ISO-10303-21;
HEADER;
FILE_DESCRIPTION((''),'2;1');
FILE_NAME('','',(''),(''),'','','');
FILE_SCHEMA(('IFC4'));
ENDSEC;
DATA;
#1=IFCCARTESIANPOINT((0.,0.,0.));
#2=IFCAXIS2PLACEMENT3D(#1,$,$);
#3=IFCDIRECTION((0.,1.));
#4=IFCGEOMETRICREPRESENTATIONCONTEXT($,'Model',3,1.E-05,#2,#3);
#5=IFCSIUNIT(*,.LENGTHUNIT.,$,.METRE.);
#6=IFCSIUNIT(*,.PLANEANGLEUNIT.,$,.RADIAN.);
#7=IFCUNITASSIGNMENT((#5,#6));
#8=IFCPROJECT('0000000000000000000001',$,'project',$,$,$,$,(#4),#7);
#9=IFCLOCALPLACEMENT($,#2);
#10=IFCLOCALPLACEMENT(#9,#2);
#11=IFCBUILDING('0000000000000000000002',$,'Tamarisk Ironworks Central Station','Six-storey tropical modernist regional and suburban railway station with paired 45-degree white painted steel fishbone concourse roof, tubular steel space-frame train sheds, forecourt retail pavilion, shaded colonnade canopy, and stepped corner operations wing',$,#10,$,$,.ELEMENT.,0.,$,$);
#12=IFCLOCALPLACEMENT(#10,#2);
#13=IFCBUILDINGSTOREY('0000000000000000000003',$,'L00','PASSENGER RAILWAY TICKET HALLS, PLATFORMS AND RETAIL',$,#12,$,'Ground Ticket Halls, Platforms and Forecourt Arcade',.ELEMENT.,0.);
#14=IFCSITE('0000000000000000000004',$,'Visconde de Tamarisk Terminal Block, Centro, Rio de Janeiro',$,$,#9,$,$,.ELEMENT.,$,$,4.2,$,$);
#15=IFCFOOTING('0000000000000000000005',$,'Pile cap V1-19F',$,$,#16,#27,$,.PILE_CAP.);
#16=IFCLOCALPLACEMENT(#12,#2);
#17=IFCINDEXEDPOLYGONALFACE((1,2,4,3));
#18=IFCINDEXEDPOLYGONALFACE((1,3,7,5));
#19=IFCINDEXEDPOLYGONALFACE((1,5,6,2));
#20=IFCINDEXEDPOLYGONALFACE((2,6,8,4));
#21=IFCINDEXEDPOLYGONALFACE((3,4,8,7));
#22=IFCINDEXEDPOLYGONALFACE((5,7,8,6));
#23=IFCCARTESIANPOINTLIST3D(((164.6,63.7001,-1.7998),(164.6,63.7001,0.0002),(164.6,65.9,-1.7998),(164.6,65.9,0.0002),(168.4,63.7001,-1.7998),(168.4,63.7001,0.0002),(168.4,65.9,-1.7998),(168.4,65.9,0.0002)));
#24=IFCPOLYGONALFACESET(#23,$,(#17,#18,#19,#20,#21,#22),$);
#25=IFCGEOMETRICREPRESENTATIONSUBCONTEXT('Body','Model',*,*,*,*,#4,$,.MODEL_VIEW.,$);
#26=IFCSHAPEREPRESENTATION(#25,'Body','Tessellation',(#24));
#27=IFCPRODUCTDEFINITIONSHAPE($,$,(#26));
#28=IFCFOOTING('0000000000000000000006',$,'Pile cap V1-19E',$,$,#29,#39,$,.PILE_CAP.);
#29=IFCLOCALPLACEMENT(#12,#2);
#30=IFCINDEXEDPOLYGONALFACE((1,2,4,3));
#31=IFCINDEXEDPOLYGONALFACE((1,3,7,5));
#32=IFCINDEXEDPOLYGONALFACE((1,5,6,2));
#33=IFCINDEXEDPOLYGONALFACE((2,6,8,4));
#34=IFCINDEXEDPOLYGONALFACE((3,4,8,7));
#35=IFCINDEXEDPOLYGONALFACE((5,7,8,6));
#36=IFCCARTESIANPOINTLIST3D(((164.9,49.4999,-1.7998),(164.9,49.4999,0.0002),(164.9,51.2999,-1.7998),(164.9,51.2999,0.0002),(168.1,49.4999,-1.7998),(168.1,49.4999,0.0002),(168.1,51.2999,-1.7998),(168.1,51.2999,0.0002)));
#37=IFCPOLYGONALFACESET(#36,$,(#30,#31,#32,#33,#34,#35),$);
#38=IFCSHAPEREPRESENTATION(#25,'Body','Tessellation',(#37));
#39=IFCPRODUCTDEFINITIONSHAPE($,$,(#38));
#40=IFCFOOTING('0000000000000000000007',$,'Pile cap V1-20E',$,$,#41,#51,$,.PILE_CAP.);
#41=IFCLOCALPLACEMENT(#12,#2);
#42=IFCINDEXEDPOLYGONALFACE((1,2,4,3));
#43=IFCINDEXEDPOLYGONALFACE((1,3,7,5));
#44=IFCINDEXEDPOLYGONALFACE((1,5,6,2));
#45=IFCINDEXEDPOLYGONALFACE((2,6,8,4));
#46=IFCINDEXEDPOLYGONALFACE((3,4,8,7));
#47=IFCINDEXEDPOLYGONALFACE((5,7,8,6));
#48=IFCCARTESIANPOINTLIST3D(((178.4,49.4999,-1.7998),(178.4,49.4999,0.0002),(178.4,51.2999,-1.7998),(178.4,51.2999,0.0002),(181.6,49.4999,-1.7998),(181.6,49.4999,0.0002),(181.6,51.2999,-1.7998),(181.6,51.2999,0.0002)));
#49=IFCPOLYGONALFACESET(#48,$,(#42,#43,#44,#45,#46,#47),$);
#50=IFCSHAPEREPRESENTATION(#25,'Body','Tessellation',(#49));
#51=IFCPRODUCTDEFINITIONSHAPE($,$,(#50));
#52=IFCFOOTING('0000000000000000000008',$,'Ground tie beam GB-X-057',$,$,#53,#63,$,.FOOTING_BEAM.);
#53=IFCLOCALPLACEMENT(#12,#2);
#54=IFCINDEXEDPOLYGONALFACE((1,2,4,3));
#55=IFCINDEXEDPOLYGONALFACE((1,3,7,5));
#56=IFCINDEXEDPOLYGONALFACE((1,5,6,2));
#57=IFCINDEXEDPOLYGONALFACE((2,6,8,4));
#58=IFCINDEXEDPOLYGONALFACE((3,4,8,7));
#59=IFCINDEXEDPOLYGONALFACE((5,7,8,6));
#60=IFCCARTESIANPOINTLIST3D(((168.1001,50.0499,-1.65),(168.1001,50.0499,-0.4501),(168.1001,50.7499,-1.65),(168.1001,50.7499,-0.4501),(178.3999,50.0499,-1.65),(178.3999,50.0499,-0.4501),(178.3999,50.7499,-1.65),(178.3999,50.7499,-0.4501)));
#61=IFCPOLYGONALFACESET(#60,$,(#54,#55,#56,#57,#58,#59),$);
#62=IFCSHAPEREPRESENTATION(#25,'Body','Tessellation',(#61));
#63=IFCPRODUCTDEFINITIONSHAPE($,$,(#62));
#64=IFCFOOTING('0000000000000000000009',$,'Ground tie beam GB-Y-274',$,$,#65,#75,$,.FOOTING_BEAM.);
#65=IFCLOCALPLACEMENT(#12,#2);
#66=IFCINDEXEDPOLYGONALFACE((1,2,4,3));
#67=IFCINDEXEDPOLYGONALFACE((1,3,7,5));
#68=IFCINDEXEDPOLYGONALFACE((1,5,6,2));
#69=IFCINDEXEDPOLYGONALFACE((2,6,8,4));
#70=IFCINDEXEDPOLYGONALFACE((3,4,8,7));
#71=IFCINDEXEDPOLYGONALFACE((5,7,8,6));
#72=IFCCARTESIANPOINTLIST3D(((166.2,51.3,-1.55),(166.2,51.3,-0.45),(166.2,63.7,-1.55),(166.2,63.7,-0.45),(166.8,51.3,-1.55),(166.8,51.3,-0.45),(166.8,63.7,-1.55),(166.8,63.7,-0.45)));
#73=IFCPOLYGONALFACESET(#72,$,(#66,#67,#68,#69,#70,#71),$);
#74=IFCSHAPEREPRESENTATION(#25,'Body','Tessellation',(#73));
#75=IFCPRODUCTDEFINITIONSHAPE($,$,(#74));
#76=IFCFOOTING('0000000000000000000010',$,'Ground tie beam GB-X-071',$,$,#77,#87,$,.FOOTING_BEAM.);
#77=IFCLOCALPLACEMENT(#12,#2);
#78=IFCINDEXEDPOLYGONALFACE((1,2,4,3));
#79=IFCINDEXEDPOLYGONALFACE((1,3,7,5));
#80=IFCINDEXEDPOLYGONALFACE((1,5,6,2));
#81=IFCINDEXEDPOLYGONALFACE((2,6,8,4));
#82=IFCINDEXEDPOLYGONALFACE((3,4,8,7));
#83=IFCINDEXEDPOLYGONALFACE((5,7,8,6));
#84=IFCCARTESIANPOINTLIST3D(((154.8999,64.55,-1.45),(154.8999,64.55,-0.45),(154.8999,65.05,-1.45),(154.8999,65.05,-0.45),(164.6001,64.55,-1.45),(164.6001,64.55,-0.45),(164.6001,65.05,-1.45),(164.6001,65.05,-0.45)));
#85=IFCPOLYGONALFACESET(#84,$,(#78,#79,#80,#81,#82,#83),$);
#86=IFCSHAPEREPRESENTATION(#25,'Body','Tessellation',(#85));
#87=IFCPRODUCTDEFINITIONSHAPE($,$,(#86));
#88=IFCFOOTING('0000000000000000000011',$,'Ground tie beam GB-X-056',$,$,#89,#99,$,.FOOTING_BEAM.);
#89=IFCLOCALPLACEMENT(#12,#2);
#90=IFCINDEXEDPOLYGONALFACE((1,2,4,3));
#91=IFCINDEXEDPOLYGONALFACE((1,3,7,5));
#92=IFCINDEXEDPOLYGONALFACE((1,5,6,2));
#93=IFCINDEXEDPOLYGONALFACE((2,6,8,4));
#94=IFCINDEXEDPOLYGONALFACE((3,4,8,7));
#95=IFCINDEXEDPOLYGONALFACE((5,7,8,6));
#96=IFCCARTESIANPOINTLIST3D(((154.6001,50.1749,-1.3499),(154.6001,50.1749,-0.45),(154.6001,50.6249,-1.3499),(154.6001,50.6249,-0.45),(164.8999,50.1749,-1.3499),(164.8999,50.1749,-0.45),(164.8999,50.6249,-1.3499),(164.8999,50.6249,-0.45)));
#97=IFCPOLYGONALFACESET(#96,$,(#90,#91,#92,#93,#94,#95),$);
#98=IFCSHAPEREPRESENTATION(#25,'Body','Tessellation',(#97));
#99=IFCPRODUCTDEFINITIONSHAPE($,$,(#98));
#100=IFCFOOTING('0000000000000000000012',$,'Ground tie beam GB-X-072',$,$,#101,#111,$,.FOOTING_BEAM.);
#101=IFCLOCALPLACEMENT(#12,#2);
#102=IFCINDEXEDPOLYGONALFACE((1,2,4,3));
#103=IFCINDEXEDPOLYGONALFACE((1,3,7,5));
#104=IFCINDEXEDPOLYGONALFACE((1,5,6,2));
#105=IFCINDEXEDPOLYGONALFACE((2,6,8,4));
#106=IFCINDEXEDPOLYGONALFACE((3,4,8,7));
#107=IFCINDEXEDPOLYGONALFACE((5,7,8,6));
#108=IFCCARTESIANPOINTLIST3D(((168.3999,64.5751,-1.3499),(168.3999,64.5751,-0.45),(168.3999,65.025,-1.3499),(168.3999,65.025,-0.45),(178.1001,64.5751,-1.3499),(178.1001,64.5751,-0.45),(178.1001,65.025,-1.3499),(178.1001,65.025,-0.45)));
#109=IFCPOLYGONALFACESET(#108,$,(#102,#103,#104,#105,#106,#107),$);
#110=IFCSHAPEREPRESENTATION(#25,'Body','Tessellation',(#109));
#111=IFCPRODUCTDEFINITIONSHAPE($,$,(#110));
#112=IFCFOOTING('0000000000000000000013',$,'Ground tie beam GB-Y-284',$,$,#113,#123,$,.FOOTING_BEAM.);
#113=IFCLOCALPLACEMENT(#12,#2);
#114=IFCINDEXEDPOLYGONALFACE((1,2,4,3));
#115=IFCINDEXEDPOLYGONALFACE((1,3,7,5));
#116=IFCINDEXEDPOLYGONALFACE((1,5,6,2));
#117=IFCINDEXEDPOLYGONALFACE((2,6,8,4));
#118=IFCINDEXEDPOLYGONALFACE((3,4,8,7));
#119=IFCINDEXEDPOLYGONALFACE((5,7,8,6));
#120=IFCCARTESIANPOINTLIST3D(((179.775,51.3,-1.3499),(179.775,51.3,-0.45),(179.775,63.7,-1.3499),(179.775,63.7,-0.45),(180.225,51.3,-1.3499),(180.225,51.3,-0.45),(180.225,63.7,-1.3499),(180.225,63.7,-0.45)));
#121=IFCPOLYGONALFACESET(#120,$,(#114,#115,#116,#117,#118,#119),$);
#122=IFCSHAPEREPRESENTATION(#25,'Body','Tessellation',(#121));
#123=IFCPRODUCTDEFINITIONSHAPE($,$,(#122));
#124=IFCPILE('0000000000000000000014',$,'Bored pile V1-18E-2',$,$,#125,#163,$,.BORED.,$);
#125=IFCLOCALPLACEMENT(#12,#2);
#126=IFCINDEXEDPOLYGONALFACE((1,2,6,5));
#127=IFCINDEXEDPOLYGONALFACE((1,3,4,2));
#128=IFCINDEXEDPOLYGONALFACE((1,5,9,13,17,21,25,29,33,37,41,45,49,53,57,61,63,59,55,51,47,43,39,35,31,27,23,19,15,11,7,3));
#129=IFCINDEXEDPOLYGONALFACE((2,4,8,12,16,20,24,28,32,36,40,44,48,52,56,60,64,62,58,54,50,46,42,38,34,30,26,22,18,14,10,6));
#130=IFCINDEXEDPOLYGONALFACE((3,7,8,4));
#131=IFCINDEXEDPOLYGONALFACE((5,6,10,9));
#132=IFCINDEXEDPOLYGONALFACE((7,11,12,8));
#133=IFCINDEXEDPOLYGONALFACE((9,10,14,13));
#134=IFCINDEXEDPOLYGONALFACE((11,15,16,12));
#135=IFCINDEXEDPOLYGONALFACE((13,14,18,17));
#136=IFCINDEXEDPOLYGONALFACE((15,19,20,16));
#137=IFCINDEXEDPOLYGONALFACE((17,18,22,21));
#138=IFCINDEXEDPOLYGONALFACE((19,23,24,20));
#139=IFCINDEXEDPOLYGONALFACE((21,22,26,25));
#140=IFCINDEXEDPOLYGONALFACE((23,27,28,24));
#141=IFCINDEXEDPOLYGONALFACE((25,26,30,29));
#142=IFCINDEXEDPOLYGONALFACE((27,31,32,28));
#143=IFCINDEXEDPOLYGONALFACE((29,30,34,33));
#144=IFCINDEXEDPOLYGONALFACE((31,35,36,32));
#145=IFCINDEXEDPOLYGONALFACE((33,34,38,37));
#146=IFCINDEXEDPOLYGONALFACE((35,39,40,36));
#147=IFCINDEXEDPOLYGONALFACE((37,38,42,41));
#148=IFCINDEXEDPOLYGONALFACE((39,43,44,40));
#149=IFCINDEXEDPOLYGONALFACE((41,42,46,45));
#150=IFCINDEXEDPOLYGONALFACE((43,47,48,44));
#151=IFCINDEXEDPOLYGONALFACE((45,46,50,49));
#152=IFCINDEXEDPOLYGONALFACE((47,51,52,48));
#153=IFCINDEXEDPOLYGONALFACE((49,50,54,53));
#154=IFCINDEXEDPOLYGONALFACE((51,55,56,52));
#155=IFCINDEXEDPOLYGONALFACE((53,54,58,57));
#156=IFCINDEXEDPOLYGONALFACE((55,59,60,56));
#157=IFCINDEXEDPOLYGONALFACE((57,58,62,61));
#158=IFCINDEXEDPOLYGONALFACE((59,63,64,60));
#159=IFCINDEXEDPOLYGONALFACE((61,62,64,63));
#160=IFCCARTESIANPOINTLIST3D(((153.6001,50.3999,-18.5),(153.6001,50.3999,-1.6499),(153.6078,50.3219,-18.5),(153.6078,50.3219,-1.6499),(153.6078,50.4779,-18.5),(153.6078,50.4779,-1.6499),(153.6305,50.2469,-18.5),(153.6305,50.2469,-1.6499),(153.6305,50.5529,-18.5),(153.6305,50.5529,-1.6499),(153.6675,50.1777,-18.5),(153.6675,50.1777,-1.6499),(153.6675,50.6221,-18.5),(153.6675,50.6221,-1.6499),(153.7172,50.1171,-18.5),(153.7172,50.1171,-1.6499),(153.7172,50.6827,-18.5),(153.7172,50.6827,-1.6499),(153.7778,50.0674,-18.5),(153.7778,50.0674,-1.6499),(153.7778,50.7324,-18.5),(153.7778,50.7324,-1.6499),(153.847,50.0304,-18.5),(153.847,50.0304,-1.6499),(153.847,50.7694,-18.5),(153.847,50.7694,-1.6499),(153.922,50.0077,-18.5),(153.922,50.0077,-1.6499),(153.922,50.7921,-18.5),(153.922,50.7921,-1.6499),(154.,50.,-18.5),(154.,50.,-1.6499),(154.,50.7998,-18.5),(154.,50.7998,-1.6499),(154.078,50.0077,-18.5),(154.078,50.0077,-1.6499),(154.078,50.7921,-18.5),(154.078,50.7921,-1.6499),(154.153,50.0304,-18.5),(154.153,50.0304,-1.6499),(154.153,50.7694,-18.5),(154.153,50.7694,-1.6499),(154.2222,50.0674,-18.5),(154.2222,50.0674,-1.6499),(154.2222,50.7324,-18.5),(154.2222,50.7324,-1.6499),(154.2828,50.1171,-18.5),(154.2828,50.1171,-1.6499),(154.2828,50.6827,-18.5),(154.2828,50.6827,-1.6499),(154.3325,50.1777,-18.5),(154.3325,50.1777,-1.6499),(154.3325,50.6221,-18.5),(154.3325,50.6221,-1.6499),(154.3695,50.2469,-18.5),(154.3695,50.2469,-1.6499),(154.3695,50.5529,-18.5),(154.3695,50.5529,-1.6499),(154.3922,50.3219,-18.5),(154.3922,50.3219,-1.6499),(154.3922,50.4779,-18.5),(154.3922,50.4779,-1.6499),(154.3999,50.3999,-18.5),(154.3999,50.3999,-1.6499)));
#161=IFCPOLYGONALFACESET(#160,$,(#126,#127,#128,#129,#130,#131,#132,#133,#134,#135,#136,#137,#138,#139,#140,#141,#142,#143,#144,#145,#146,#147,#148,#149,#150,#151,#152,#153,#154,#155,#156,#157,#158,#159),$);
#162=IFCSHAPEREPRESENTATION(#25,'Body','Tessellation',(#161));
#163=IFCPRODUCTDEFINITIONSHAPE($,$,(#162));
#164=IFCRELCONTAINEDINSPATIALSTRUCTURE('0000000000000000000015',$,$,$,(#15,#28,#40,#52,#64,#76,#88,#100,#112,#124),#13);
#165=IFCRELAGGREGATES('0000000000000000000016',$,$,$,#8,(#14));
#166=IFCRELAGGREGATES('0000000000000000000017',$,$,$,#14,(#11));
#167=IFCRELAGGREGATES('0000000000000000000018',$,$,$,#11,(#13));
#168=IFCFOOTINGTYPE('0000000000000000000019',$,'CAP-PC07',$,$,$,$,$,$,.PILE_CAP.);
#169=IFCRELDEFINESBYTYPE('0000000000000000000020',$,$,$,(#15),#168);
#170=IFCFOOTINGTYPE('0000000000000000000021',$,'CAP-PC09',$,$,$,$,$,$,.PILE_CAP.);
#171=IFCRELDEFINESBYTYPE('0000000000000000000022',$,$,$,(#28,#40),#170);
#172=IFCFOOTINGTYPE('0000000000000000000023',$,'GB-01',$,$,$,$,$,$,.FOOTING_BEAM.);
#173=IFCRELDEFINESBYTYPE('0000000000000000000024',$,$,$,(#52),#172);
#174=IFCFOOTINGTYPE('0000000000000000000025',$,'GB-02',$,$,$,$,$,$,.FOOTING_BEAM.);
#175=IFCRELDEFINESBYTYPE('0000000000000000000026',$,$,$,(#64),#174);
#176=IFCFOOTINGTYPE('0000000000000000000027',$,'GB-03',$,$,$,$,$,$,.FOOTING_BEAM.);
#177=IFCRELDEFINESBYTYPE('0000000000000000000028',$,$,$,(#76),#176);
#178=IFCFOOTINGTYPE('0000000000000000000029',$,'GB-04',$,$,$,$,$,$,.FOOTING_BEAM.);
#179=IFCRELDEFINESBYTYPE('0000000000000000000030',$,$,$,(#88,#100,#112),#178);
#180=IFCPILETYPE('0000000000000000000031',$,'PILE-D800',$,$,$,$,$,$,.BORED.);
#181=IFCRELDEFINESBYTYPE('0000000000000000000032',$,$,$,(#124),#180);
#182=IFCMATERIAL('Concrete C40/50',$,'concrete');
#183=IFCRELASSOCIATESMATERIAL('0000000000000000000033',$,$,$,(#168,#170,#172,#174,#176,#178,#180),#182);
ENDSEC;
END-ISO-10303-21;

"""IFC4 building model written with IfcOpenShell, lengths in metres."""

from ifc_helpers import new_model, si_unit, direction, frame, origin, origin_2d, place, context, subcontext, project, spatial, rectangle, circle, extrude, material, material_profile, profile_set, type_object, element, save


model = new_model("IFC4")

# Units and contexts
model_context = context("Model", 3, precision=1e-05, world=origin(), true_north=direction((0.0, 1.0)))
body_context = subcontext(model_context, "Body", "Model", "MODEL_VIEW")
ifc_project = project(units=[si_unit("LENGTHUNIT", "METRE"), si_unit("PLANEANGLEUNIT", "RADIAN")], contexts=[model_context])

# Site, building, storey
site_placement = place(None, origin())
site = spatial("IfcSite", under=ifc_project, at=site_placement, Name="Visconde de Tamarisk Terminal Block, Centro, Rio de Janeiro", CompositionType="ELEMENT", RefElevation=4.2)
building_placement = place(site_placement, origin())
building = spatial("IfcBuilding", under=site, at=building_placement, Name="Tamarisk Ironworks Central Station", Description="Six-storey tropical modernist regional and suburban railway station with paired 45-degree white painted steel fishbone concourse roof, tubular steel space-frame train sheds, forecourt retail pavilion, shaded colonnade canopy, and stepped corner operations wing", CompositionType="ELEMENT", ElevationOfRefHeight=0.0)
storey_placement = place(building_placement, origin())
storey = spatial("IfcBuildingStorey", under=building, at=storey_placement, Name="L00", Description="PASSENGER RAILWAY TICKET HALLS, PLATFORMS AND RETAIL", LongName="Ground Ticket Halls, Platforms and Forecourt Arcade", CompositionType="ELEMENT", Elevation=0.0)

# Footings
ifc_material_1 = material(Name="Concrete C40/50", Category="concrete")
footing_type_1 = type_object("IfcFootingType", Name="CAP-PC07", PredefinedType="PILE_CAP", material=ifc_material_1)
footing_1_placement = place(storey_placement, frame((166.5, 64.8, -1.7998), z_axis=(0.0, 0.0, 1.0), x_axis=(1.0, 0.0, 0.0)))
element("IfcFooting", 1, at=footing_1_placement, inside=storey, type_object=footing_type_1, Name="Pile cap V1-19F", PredefinedType="PILE_CAP", context=body_context, shape_type="SweptSolid", body=[
    extrude(rectangle(XDim=3.8, YDim=2.2, at=origin_2d()), origin(), (0.0, 0.0, 1.0), 1.8),
])
footing_type_2 = type_object("IfcFootingType", Name="CAP-PC09", PredefinedType="PILE_CAP", material=ifc_material_1)
for number, where, z_axis, x_axis, name in (
    (2, (166.5, 50.3999, -1.7998), (0.0, 0.0, 1.0), (1.0, 0.0, 0.0), "Pile cap V1-19E"),
    (3, (180.0, 50.3999, -1.7998), (0.0, 0.0, 1.0), (1.0, 0.0, 0.0), "Pile cap V1-20E"),
):
    element("IfcFooting", number, at=place(storey_placement, frame(where, z_axis=z_axis, x_axis=x_axis)), inside=storey, type_object=footing_type_2, Name=name, PredefinedType="PILE_CAP", context=body_context, shape_type="SweptSolid", body=[
        extrude(rectangle(XDim=3.2, YDim=1.8, at=origin_2d()), origin(), (0.0, 0.0, 1.0), 1.8),
    ])
ifc_material_profile_1 = material_profile(ifc_material_1, rectangle(XDim=0.7, YDim=1.2, at=origin_2d()), Name="GB01 700x1200")
ifc_profile_set_1 = profile_set([ifc_material_profile_1], Name="Concrete C40/50")
footing_type_3 = type_object("IfcFootingType", Name="GB-01", PredefinedType="FOOTING_BEAM", material=ifc_profile_set_1)
footing_2_placement = place(storey_placement, frame((168.1001, 50.3999, -1.05), z_axis=(1.0, 0.0, 0.0), x_axis=(0.0, 1.0, 0.0)))
element("IfcFooting", 4, at=footing_2_placement, inside=storey, type_object=footing_type_3, Name="Ground tie beam GB-X-057", PredefinedType="FOOTING_BEAM", context=body_context, shape_type="SweptSolid", body=[
    extrude(rectangle(XDim=0.7, YDim=1.2, at=origin_2d()), origin(), (0.0, 0.0, 1.0), 10.2998),
])
ifc_material_profile_2 = material_profile(ifc_material_1, rectangle(XDim=0.6001, YDim=1.1001, at=origin_2d()), Name="GB02 600x1100")
ifc_profile_set_2 = profile_set([ifc_material_profile_2], Name="Concrete C40/50")
footing_type_4 = type_object("IfcFootingType", Name="GB-02", PredefinedType="FOOTING_BEAM", material=ifc_profile_set_2)
footing_3_placement = place(storey_placement, frame((166.5, 51.3, -1.0), z_axis=(0.0, 1.0, 0.0), x_axis=(-1.0, 0.0, 0.0)))
element("IfcFooting", 5, at=footing_3_placement, inside=storey, type_object=footing_type_4, Name="Ground tie beam GB-Y-274", PredefinedType="FOOTING_BEAM", context=body_context, shape_type="SweptSolid", body=[
    extrude(rectangle(XDim=0.6001, YDim=1.1001, at=origin_2d()), origin(), (0.0, 0.0, 1.0), 12.3999),
])
ifc_material_profile_3 = material_profile(ifc_material_1, rectangle(XDim=0.5, YDim=1.0, at=origin_2d()), Name="GB03 500x1000")
ifc_profile_set_3 = profile_set([ifc_material_profile_3], Name="Concrete C40/50")
footing_type_5 = type_object("IfcFootingType", Name="GB-03", PredefinedType="FOOTING_BEAM", material=ifc_profile_set_3)
footing_4_placement = place(storey_placement, frame((154.8999, 64.8, -0.95), z_axis=(1.0, 0.0, 0.0), x_axis=(0.0, 1.0, 0.0)))
element("IfcFooting", 6, at=footing_4_placement, inside=storey, type_object=footing_type_5, Name="Ground tie beam GB-X-071", PredefinedType="FOOTING_BEAM", context=body_context, shape_type="SweptSolid", body=[
    extrude(rectangle(XDim=0.5, YDim=1.0, at=origin_2d()), origin(), (0.0, 0.0, 1.0), 9.7002),
])
ifc_material_profile_4 = material_profile(ifc_material_1, rectangle(XDim=0.45, YDim=0.8999, at=origin_2d()), Name="GB04 450x900")
ifc_profile_set_4 = profile_set([ifc_material_profile_4], Name="Concrete C40/50")
footing_type_6 = type_object("IfcFootingType", Name="GB-04", PredefinedType="FOOTING_BEAM", material=ifc_profile_set_4)
footing_5_placement = place(storey_placement, frame((154.6001, 50.3999, -0.8999), z_axis=(1.0, 0.0, 0.0), x_axis=(0.0, 1.0, 0.0)))
element("IfcFooting", 7, at=footing_5_placement, inside=storey, type_object=footing_type_6, Name="Ground tie beam GB-X-056", PredefinedType="FOOTING_BEAM", context=body_context, shape_type="SweptSolid", body=[
    extrude(rectangle(XDim=0.45, YDim=0.8999, at=origin_2d()), origin(), (0.0, 0.0, 1.0), 10.2998),
])
footing_6_placement = place(storey_placement, frame((168.3999, 64.8, -0.8999), z_axis=(1.0, 0.0, 0.0), x_axis=(0.0, 1.0, 0.0)))
element("IfcFooting", 8, at=footing_6_placement, inside=storey, type_object=footing_type_6, Name="Ground tie beam GB-X-072", PredefinedType="FOOTING_BEAM", context=body_context, shape_type="SweptSolid", body=[
    extrude(rectangle(XDim=0.45, YDim=0.8999, at=origin_2d()), origin(), (0.0, 0.0, 1.0), 9.7002),
])
footing_7_placement = place(storey_placement, frame((180.0, 51.3, -0.8999), z_axis=(0.0, 1.0, 0.0), x_axis=(-1.0, 0.0, 0.0)))
element("IfcFooting", 9, at=footing_7_placement, inside=storey, type_object=footing_type_6, Name="Ground tie beam GB-Y-284", PredefinedType="FOOTING_BEAM", context=body_context, shape_type="SweptSolid", body=[
    extrude(rectangle(XDim=0.45, YDim=0.8999, at=origin_2d()), origin(), (0.0, 0.0, 1.0), 12.3999),
])

# Pile
ifc_material_profile_5 = material_profile(ifc_material_1, circle(Radius=0.3999, at=origin_2d()), Name="BORED PILE D800")
ifc_profile_set_5 = profile_set([ifc_material_profile_5], Name="Concrete C40/50")
pile_type_1 = type_object("IfcPileType", Name="PILE-D800", PredefinedType="BORED", material=ifc_profile_set_5)
for number, where, z_axis, x_axis, name in (
    (10, (154.0, 50.3999, -1.6499), (0.0, 0.0, -1.0), (1.0, 0.0, 0.0), "Bored pile V1-18E-2"),
):
    element("IfcPile", number, at=place(storey_placement, frame(where, z_axis=z_axis, x_axis=x_axis)), inside=storey, type_object=pile_type_1, Name=name, PredefinedType="BORED", context=body_context, shape_type="SweptSolid", body=[
        extrude(circle(Radius=0.3999, at=origin_2d()), origin(), (0.0, 0.0, 1.0), 16.8501),
    ])

save(model, "model.ifc")
